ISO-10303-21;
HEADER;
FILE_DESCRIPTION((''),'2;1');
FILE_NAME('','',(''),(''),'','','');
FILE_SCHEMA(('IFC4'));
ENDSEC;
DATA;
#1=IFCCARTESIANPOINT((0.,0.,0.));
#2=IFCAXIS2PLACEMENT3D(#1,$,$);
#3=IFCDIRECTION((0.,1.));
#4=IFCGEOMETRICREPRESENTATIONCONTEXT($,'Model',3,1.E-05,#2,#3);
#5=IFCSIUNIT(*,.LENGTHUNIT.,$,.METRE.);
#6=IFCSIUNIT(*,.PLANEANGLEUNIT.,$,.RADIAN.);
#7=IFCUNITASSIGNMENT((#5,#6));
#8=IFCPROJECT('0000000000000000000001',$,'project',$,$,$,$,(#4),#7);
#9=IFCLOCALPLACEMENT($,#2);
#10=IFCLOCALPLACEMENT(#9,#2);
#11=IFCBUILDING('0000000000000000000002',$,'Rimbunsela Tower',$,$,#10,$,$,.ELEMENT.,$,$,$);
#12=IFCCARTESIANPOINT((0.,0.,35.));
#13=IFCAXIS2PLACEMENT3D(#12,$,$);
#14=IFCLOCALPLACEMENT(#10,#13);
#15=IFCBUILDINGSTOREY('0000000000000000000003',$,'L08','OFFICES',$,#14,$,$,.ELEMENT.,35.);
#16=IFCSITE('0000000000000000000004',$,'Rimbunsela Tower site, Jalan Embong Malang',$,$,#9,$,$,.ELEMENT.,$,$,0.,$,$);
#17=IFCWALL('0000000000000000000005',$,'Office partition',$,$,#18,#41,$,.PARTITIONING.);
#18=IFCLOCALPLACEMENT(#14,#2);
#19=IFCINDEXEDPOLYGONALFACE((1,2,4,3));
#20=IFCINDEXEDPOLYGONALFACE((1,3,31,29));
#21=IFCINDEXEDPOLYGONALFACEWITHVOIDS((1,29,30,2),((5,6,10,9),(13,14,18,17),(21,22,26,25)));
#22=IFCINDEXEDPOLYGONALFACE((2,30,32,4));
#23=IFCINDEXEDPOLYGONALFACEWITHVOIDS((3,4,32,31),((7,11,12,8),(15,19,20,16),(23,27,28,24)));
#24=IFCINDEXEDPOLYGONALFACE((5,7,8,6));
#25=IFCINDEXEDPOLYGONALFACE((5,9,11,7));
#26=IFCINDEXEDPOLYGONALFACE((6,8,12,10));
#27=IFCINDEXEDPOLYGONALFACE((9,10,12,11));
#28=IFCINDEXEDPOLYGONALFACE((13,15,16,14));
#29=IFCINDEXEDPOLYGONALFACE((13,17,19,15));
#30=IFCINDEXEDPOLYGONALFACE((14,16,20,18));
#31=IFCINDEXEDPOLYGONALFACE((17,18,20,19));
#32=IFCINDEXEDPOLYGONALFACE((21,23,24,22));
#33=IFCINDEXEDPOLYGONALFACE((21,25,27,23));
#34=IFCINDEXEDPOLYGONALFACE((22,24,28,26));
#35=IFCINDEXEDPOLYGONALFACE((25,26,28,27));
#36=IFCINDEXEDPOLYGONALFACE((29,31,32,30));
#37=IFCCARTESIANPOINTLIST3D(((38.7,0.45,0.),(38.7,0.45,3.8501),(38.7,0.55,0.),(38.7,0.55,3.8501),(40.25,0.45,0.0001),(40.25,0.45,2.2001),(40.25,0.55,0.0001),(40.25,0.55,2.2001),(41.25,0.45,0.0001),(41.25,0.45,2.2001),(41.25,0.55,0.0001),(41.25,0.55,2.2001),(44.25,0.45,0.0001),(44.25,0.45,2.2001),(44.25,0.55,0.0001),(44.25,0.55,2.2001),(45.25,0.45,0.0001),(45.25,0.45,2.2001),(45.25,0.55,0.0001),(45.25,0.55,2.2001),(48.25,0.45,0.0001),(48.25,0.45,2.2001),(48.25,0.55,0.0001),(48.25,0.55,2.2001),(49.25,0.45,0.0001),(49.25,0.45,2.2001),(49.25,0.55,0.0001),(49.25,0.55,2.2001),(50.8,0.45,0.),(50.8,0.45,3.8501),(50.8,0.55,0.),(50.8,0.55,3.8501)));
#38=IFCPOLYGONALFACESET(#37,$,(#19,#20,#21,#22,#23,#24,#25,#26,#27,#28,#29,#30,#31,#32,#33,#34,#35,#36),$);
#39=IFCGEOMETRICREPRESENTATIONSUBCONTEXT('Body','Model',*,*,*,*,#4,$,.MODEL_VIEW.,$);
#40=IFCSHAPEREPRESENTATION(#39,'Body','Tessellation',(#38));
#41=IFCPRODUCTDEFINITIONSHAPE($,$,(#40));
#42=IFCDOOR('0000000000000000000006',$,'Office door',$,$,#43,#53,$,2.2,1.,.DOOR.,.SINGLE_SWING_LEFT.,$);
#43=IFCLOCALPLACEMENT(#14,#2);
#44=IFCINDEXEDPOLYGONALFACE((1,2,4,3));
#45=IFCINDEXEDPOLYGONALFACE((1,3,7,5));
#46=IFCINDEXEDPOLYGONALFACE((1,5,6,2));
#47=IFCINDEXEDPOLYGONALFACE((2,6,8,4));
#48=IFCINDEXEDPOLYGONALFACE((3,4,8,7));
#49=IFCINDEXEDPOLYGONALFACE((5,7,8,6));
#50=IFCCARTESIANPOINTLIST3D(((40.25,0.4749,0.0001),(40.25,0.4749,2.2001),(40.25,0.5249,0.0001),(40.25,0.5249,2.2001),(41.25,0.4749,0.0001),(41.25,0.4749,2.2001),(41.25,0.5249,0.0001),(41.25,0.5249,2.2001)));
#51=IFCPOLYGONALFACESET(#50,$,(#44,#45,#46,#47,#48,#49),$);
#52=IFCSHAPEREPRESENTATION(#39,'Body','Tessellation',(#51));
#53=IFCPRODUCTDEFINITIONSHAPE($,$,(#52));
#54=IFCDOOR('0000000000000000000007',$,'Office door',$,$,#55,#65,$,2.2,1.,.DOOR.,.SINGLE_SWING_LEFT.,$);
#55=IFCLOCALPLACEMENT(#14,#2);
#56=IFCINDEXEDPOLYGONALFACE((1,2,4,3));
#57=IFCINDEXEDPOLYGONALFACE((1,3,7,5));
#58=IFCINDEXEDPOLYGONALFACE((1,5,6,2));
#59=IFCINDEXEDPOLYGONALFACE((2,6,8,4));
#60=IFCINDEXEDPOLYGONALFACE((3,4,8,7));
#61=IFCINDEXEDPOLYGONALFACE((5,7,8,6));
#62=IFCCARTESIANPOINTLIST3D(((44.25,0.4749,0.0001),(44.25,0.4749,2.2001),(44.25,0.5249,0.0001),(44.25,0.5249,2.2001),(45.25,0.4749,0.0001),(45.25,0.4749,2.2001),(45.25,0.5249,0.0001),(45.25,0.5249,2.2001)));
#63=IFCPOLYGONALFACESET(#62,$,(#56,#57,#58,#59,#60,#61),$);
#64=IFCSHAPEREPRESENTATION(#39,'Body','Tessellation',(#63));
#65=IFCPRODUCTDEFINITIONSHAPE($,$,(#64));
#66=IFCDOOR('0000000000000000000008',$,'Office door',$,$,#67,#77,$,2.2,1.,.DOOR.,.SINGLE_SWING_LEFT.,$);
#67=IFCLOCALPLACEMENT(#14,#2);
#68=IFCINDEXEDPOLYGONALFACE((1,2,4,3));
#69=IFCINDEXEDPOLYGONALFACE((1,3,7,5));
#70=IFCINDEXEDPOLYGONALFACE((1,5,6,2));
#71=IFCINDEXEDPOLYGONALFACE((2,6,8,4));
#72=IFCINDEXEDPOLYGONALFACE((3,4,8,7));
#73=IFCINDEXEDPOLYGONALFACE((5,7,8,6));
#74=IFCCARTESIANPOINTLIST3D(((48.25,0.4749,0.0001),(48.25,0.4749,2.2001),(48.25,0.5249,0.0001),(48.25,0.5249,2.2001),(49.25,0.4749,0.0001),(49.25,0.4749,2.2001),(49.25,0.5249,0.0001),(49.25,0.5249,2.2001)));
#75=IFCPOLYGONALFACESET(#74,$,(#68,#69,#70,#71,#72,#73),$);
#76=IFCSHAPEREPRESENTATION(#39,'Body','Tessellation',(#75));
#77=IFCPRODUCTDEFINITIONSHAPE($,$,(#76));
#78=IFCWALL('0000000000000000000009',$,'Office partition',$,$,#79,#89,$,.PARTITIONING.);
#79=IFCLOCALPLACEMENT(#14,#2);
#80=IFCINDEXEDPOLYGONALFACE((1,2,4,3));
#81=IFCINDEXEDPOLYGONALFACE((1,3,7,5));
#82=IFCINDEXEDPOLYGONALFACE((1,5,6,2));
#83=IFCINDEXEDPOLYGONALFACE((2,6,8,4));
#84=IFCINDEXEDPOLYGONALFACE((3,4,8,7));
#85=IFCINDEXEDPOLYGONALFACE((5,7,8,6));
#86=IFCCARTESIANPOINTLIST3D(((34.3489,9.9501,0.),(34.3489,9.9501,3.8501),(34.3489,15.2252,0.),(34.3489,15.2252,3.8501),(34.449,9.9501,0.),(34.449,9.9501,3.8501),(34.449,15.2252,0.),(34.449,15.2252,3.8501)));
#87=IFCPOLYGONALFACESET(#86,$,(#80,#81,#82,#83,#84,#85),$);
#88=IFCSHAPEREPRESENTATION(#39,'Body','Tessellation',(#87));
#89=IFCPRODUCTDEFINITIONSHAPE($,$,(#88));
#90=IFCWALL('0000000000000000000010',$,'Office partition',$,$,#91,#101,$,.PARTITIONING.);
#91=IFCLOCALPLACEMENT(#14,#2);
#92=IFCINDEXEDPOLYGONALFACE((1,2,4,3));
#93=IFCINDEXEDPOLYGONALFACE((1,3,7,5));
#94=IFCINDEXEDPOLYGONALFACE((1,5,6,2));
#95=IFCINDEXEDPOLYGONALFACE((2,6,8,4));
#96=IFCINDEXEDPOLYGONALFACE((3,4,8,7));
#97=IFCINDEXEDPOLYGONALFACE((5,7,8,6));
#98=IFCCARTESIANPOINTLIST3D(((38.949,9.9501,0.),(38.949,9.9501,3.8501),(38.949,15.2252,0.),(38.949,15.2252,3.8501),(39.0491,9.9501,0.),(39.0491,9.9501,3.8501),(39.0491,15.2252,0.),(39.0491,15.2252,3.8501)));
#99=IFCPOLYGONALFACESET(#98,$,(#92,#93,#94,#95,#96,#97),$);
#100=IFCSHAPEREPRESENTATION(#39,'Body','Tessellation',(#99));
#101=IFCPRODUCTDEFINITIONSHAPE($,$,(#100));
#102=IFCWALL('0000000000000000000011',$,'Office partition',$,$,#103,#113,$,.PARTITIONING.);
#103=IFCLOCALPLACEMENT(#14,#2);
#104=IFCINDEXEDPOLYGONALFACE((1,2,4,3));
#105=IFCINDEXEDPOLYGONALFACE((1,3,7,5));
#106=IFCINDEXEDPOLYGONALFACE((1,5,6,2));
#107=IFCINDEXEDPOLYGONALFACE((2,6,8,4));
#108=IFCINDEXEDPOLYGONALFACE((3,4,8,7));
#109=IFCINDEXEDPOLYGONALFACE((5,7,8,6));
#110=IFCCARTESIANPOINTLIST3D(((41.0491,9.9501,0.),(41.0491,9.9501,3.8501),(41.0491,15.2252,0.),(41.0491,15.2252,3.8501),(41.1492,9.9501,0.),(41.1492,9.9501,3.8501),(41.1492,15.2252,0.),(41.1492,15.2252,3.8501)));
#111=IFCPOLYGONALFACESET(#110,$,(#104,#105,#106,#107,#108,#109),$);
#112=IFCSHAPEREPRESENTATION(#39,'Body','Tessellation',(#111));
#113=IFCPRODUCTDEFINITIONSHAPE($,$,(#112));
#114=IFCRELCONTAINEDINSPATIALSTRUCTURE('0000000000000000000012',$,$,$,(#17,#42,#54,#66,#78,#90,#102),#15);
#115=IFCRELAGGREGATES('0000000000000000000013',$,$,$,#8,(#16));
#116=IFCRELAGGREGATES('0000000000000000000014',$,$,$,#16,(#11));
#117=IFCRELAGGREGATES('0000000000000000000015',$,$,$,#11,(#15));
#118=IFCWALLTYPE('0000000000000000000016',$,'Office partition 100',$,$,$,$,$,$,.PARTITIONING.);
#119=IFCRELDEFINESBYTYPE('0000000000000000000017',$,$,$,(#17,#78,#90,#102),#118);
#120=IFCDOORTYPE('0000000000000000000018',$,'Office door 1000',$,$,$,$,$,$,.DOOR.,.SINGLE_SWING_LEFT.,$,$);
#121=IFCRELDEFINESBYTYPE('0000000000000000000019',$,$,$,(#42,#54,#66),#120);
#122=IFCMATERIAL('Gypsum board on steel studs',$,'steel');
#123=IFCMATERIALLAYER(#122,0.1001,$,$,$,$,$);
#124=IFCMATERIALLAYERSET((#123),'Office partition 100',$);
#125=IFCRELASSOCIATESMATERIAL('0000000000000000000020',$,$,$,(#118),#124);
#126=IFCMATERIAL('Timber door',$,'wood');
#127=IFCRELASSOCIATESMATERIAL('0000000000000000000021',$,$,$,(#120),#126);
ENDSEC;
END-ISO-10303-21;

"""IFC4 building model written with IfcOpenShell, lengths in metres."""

from ifc_helpers import new_model, si_unit, direction, frame, frame_2d, origin, place, context, subcontext, project, spatial, rectangle, extrude, material, layer, layer_set, type_object, element, fill, save


model = new_model("IFC4")

# Units and contexts
model_context = context("Model", 3, precision=1e-05, world=origin(), true_north=direction((0.0, 1.0)))
body_context = subcontext(model_context, "Body", "Model", "MODEL_VIEW")
ifc_project = project(units=[si_unit("LENGTHUNIT", "METRE"), si_unit("PLANEANGLEUNIT", "RADIAN")], contexts=[model_context])

# Site, building, storey
site_placement = place(None, origin())
site = spatial("IfcSite", under=ifc_project, at=site_placement, Name="Rimbunsela Tower site, Jalan Embong Malang", CompositionType="ELEMENT", RefElevation=0.0)
building_placement = place(site_placement, origin())
building = spatial("IfcBuilding", under=site, at=building_placement, Name="Rimbunsela Tower", CompositionType="ELEMENT")
storey_placement = place(building_placement, frame((0.0, 0.0, 35.0)))
storey = spatial("IfcBuildingStorey", under=building, at=storey_placement, Name="L08", Description="OFFICES", CompositionType="ELEMENT", Elevation=35.0)

# Wall, openings, doors
ifc_material_1 = material(Name="Gypsum board on steel studs", Category="steel")
ifc_layer_1 = layer(ifc_material_1, 0.1001)
ifc_layer_set_1 = layer_set([ifc_layer_1], Name="Office partition 100")
wall_type_1 = type_object("IfcWallType", Name="Office partition 100", PredefinedType="PARTITIONING", material=ifc_layer_set_1)
wall_1_placement = place(storey_placement, frame((38.7, 0.5, 0.0), z_axis=(0.0, 0.0, 1.0), x_axis=(1.0, 0.0, 0.0)))
wall_1 = element("IfcWall", 1, at=wall_1_placement, inside=storey, type_object=wall_type_1, Name="Office partition", PredefinedType="PARTITIONING", context=body_context, shape_type="SweptSolid", body=[
    extrude(rectangle(XDim=12.1001, YDim=0.1001, at=frame_2d((6.05, 0.0))), origin(), (0.0, 0.0, 1.0), 3.8501),
])
opening_1_placement = place(wall_1_placement, frame((1.55, 0.0, 0.0)))
opening_1 = element("IfcOpeningElement", 2, at=opening_1_placement, cuts=wall_1, PredefinedType="OPENING", context=body_context, shape_type="SweptSolid", body=[
    extrude(rectangle(XDim=1.0, YDim=2.2, at=frame_2d((0.5, 1.1001))), frame((0.0, 0.0601, 0.0), z_axis=(0.0, -1.0, 0.0), x_axis=(1.0, 0.0, 0.0)), (0.0, 0.0, 1.0), 0.1201),
])
opening_2_placement = place(wall_1_placement, frame((5.55, 0.0, 0.0)))
opening_2 = element("IfcOpeningElement", 3, at=opening_2_placement, cuts=wall_1, PredefinedType="OPENING", context=body_context, shape_type="SweptSolid", body=[
    extrude(rectangle(XDim=1.0, YDim=2.2, at=frame_2d((0.5, 1.1001))), frame((0.0, 0.0601, 0.0), z_axis=(0.0, -1.0, 0.0), x_axis=(1.0, 0.0, 0.0)), (0.0, 0.0, 1.0), 0.1201),
])
opening_3_placement = place(wall_1_placement, frame((9.55, 0.0, 0.0)))
opening_3 = element("IfcOpeningElement", 4, at=opening_3_placement, cuts=wall_1, PredefinedType="OPENING", context=body_context, shape_type="SweptSolid", body=[
    extrude(rectangle(XDim=1.0, YDim=2.2, at=frame_2d((0.5, 1.1001))), frame((0.0, 0.0601, 0.0), z_axis=(0.0, -1.0, 0.0), x_axis=(1.0, 0.0, 0.0)), (0.0, 0.0, 1.0), 0.1201),
])
ifc_material_2 = material(Name="Timber door", Category="wood")
door_type_1 = type_object("IfcDoorType", Name="Office door 1000", OperationType="SINGLE_SWING_LEFT", PredefinedType="DOOR", material=ifc_material_2)
door_1_placement = place(opening_1_placement, origin())
door_1 = element("IfcDoor", 5, at=door_1_placement, inside=storey, type_object=door_type_1, Name="Office door", OperationType="SINGLE_SWING_LEFT", OverallHeight=2.2, OverallWidth=1.0, PredefinedType="DOOR", context=body_context, shape_type="SweptSolid", body=[
    extrude(rectangle(XDim=1.0, YDim=2.2, at=frame_2d((0.5, 1.1001))), frame((0.0, 0.0249, 0.0), z_axis=(0.0, -1.0, 0.0), x_axis=(1.0, 0.0, 0.0)), (0.0, 0.0, 1.0), 0.05),
])
fill(opening_1, door_1)
door_2_placement = place(opening_2_placement, origin())
door_2 = element("IfcDoor", 6, at=door_2_placement, inside=storey, type_object=door_type_1, Name="Office door", OperationType="SINGLE_SWING_LEFT", OverallHeight=2.2, OverallWidth=1.0, PredefinedType="DOOR", context=body_context, shape_type="SweptSolid", body=[
    extrude(rectangle(XDim=1.0, YDim=2.2, at=frame_2d((0.5, 1.1001))), frame((0.0, 0.0249, 0.0), z_axis=(0.0, -1.0, 0.0), x_axis=(1.0, 0.0, 0.0)), (0.0, 0.0, 1.0), 0.05),
])
fill(opening_2, door_2)
door_3_placement = place(opening_3_placement, origin())
door_3 = element("IfcDoor", 7, at=door_3_placement, inside=storey, type_object=door_type_1, Name="Office door", OperationType="SINGLE_SWING_LEFT", OverallHeight=2.2, OverallWidth=1.0, PredefinedType="DOOR", context=body_context, shape_type="SweptSolid", body=[
    extrude(rectangle(XDim=1.0, YDim=2.2, at=frame_2d((0.5, 1.1001))), frame((0.0, 0.0249, 0.0), z_axis=(0.0, -1.0, 0.0), x_axis=(1.0, 0.0, 0.0)), (0.0, 0.0, 1.0), 0.05),
])
fill(opening_3, door_3)

# Walls
for number, where, z_axis, x_axis, name in (
    (8, (34.3989, 9.95, 0.0), (0.0, 0.0, 1.0), (0.0, 1.0, 0.0), "Office partition"),
    (9, (38.999, 9.95, 0.0), (0.0, 0.0, 1.0), (0.0, 1.0, 0.0), "Office partition"),
    (10, (41.0991, 9.95, 0.0), (0.0, 0.0, 1.0), (0.0, 1.0, 0.0), "Office partition"),
):
    element("IfcWall", number, at=place(storey_placement, frame(where, z_axis=z_axis, x_axis=x_axis)), inside=storey, type_object=wall_type_1, Name=name, PredefinedType="PARTITIONING", context=body_context, shape_type="SweptSolid", body=[
        extrude(rectangle(XDim=5.2751, YDim=0.1001, at=frame_2d((2.6377, 0.0))), origin(), (0.0, 0.0, 1.0), 3.8501),
    ])

save(model, "model.ifc")
